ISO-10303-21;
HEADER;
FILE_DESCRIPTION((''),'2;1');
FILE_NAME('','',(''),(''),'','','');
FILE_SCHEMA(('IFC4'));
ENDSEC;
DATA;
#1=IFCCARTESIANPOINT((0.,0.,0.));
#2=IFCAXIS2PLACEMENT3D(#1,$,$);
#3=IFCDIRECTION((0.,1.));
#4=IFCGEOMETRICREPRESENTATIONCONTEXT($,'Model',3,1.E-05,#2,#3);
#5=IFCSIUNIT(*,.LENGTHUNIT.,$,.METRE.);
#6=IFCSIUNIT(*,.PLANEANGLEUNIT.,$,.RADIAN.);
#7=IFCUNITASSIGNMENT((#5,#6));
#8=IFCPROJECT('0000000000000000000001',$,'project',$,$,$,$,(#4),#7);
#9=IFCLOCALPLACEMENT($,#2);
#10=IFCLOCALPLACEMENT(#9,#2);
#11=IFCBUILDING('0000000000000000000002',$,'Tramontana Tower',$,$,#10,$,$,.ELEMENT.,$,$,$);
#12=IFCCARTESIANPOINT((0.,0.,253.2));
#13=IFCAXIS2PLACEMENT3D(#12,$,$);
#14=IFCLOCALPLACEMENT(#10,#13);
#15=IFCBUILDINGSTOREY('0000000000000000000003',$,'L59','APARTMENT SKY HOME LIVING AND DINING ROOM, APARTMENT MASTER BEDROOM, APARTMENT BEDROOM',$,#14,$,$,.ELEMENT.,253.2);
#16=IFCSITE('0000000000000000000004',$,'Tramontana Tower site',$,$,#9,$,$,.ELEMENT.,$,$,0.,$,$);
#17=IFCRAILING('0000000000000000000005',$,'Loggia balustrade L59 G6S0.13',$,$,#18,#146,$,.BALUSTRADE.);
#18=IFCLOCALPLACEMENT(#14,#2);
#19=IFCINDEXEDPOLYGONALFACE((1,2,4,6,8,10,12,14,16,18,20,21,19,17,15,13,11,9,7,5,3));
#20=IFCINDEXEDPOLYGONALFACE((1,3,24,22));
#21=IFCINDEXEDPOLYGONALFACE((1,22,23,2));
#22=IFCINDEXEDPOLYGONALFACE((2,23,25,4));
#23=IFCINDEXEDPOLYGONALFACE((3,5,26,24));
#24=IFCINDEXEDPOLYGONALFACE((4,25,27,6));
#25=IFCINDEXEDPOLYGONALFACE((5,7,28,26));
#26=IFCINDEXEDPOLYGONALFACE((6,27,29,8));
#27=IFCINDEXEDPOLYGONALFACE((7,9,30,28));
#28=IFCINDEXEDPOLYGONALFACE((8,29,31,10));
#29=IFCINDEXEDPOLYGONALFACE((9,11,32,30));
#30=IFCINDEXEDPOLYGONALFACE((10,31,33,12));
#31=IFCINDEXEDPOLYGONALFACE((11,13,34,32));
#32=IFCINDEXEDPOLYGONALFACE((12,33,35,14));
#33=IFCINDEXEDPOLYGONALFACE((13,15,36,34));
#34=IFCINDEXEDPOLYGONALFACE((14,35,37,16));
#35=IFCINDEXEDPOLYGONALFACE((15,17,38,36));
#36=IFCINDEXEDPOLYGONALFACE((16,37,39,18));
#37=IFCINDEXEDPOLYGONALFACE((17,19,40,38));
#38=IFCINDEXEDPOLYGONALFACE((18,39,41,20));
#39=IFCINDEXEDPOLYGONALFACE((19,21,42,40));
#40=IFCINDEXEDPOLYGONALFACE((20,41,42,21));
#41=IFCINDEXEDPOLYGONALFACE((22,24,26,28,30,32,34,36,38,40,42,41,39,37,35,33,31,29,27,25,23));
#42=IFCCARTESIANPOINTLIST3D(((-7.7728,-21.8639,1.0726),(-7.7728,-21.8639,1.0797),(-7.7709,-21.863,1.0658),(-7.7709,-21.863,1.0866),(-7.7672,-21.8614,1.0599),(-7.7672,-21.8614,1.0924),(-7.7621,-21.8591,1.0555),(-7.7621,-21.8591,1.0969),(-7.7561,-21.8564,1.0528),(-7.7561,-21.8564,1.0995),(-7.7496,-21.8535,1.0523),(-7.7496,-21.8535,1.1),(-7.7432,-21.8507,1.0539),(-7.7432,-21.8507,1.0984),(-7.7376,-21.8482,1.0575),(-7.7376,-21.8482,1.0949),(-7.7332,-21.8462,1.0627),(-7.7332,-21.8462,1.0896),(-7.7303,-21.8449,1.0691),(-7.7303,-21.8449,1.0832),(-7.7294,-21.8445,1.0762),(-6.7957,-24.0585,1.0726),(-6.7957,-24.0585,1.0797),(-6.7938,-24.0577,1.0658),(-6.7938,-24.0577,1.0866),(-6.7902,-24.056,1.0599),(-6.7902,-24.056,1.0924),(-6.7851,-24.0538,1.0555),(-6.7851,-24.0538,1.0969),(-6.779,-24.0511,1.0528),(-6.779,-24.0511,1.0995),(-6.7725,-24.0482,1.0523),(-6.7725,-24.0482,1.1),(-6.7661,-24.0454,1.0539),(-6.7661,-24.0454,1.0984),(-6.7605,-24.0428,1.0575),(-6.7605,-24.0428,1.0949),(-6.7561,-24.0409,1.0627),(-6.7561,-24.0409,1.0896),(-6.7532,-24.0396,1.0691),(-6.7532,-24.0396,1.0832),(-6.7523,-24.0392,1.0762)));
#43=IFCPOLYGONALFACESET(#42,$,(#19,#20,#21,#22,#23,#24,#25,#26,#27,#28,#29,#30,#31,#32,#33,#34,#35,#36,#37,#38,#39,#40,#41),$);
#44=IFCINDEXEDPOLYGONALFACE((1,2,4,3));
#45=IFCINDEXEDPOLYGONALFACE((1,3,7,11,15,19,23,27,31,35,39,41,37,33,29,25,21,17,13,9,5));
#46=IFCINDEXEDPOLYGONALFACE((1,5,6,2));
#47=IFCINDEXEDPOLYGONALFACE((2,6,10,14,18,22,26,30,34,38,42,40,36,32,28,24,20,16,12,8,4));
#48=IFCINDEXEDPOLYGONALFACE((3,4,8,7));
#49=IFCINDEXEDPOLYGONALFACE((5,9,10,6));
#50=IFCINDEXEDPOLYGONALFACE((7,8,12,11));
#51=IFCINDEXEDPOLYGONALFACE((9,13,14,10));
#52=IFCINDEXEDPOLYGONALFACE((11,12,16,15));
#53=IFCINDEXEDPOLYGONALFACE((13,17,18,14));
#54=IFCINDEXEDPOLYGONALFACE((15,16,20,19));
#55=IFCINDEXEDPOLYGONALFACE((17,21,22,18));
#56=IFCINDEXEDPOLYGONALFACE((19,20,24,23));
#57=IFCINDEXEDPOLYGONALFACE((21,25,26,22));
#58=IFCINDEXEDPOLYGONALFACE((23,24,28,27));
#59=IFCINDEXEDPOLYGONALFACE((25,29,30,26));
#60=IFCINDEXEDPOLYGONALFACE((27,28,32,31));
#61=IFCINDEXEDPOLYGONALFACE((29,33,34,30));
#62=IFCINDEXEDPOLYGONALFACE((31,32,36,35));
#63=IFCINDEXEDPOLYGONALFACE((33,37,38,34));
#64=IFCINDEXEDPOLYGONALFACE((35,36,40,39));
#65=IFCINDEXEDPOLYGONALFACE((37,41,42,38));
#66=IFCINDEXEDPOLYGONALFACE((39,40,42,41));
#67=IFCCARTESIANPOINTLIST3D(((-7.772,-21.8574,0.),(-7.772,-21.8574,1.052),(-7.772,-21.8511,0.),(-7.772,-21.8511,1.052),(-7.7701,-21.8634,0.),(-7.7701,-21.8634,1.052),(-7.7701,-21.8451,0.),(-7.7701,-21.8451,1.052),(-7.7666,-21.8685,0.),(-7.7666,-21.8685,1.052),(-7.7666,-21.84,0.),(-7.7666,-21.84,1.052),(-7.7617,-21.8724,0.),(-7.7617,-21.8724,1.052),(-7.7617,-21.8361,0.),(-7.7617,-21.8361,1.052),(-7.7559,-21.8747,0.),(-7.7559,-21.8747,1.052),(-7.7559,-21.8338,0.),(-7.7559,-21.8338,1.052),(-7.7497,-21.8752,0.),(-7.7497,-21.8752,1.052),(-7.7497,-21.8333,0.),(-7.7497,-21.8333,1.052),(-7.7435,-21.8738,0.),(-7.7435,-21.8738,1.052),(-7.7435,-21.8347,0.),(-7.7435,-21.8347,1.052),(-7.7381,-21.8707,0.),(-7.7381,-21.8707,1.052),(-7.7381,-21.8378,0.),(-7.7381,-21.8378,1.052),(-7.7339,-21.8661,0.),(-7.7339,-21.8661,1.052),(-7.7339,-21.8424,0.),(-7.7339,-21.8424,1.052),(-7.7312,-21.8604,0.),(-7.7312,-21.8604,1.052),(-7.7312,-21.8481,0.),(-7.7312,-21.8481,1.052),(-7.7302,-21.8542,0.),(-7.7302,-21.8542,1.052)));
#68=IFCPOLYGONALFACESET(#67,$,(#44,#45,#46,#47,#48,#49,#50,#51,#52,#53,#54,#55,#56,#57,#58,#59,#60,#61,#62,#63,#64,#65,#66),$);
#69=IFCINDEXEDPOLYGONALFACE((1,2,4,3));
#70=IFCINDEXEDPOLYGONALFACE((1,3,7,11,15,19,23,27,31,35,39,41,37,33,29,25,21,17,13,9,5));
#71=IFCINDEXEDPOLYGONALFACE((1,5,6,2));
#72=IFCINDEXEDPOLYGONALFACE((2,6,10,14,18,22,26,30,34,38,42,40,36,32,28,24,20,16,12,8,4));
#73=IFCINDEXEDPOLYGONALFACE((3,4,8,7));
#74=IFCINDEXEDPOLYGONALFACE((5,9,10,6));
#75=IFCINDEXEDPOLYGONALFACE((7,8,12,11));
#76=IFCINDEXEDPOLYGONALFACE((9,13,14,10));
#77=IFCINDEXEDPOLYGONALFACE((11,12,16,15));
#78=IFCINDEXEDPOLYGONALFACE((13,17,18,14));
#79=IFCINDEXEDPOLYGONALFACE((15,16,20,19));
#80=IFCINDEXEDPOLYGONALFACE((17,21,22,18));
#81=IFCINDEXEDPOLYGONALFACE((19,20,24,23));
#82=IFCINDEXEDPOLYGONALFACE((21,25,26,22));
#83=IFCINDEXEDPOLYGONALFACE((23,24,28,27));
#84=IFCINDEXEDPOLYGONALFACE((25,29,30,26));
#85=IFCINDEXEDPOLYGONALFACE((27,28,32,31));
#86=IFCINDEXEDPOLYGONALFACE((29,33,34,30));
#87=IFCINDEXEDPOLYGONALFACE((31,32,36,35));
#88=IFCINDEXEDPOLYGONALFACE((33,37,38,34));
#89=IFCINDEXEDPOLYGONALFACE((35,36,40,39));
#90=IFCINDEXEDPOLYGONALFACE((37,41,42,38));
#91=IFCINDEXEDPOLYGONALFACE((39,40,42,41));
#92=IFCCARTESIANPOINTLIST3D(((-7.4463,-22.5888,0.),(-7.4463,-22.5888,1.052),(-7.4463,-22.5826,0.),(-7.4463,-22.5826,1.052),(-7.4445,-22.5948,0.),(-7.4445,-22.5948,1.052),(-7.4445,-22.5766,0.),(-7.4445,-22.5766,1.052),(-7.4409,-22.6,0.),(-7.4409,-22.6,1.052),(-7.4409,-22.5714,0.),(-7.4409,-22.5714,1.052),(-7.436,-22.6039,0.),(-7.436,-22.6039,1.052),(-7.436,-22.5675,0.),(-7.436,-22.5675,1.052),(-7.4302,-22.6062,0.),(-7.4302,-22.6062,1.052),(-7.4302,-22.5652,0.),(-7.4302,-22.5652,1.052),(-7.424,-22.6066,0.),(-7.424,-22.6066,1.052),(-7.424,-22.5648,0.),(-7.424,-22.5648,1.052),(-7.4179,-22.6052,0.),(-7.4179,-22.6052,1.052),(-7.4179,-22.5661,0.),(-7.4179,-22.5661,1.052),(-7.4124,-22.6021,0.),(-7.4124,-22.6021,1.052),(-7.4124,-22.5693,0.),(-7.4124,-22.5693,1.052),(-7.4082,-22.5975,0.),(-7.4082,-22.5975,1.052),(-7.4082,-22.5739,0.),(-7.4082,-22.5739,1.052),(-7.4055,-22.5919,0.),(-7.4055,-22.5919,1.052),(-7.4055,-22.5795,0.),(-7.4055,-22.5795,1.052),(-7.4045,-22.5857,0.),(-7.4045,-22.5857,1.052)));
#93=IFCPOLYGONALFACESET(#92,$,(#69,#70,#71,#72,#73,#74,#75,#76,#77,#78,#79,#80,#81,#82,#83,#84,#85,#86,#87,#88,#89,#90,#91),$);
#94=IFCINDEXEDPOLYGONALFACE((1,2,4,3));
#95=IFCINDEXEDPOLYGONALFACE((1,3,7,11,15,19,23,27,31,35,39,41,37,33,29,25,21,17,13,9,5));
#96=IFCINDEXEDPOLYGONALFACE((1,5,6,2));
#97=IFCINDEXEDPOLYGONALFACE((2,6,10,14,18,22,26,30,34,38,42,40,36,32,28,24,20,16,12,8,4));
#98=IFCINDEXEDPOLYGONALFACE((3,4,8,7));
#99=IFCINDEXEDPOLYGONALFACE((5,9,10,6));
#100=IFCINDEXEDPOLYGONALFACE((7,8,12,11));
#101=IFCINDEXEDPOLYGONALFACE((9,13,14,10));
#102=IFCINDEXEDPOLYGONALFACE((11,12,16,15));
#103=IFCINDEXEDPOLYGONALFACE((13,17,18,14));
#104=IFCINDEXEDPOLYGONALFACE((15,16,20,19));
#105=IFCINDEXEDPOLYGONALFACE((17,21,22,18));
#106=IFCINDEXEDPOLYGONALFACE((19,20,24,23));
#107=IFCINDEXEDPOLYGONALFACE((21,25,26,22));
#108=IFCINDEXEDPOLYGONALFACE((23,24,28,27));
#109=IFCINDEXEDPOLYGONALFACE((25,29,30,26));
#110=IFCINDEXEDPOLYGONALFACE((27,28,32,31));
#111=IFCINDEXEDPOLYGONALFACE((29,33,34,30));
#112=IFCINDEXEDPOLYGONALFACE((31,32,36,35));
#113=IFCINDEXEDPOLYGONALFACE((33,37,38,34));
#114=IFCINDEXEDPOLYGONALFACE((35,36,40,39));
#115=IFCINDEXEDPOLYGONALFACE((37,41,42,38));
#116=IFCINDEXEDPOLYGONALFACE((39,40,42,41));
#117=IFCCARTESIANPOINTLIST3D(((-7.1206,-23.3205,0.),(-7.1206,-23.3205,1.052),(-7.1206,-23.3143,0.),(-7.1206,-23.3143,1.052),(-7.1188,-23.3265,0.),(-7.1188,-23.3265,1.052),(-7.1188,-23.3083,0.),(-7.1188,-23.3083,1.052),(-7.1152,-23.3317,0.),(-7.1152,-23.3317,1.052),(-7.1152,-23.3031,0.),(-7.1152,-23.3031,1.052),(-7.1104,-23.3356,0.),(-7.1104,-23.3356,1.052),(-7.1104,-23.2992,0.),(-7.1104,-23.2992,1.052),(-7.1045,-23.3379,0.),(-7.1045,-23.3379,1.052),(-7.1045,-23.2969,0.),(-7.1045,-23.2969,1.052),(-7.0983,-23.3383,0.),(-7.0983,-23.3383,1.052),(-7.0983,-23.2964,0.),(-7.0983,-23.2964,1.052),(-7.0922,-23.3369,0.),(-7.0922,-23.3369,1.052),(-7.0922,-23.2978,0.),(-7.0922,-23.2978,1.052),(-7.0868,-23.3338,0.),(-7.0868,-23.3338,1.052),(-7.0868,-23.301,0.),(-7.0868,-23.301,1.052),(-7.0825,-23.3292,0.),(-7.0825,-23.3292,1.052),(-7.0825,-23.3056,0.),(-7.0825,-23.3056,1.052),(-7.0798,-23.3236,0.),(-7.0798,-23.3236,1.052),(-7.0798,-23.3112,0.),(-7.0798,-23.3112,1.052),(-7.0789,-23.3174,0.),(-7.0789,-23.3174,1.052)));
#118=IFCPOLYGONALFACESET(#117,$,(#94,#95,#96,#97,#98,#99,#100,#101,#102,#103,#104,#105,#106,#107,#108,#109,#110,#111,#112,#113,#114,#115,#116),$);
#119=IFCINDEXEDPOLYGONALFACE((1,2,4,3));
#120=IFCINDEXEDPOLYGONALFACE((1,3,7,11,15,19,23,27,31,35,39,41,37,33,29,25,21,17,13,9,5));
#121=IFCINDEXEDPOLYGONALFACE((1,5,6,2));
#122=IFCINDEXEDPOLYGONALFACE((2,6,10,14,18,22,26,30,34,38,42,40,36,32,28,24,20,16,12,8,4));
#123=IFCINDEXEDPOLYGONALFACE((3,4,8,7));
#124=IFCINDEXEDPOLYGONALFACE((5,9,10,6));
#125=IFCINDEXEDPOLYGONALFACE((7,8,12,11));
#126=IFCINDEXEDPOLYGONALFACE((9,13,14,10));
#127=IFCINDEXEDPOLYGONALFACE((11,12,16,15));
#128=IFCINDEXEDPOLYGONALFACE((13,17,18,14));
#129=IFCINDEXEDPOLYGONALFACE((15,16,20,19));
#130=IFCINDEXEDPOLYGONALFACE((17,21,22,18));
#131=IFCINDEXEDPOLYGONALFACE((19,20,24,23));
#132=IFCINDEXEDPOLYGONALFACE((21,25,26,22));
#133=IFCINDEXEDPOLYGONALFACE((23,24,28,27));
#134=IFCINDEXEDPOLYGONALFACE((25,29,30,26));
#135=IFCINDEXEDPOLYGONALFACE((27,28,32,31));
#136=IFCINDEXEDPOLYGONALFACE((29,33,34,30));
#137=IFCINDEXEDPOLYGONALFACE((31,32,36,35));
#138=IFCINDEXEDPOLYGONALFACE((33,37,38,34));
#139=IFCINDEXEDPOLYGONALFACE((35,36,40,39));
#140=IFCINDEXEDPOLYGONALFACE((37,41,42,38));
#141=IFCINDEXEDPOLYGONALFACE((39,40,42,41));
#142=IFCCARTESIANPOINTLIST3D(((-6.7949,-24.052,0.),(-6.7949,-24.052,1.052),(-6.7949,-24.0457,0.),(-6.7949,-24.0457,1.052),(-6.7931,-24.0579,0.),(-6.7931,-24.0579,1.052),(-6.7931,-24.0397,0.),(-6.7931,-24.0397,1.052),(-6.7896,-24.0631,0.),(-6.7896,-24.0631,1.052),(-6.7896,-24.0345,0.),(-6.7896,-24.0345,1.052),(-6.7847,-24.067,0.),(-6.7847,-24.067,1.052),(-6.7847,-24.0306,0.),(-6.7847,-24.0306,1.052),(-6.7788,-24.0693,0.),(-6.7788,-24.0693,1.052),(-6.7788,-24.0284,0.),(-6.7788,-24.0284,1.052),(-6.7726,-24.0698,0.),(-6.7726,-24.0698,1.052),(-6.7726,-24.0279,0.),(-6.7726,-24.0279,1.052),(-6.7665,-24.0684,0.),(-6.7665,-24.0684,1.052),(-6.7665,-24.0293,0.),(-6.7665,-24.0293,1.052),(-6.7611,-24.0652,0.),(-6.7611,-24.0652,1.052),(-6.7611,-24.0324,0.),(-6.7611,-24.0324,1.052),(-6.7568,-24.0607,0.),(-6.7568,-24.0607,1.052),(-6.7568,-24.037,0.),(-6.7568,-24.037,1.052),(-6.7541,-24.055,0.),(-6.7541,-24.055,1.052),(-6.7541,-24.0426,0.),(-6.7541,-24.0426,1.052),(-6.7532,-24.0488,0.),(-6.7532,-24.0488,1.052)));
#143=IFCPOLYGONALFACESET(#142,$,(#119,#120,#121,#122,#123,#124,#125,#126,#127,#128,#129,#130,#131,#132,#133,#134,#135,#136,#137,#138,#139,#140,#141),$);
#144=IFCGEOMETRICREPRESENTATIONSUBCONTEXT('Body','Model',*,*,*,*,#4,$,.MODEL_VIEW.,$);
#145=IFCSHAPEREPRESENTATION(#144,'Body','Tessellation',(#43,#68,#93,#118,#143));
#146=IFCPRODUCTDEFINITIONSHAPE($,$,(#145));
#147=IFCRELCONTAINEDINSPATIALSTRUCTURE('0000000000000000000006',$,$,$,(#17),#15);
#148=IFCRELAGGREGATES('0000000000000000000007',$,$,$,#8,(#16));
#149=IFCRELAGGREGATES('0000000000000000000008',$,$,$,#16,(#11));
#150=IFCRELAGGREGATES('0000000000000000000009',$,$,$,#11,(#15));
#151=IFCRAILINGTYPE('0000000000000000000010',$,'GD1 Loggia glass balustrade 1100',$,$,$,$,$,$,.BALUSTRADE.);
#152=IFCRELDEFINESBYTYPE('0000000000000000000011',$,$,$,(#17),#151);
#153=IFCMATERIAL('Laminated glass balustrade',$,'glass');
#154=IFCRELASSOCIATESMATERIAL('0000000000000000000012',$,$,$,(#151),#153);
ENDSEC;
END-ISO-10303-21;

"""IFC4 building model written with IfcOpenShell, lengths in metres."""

from ifc_helpers import new_model, si_unit, direction, frame, origin, origin_2d, place, context, subcontext, project, spatial, circle, extrude, material, type_object, element, save


model = new_model("IFC4")

# Units and contexts
model_context = context("Model", 3, precision=1e-05, world=origin(), true_north=direction((0.0, 1.0)))
body_context = subcontext(model_context, "Body", "Model", "MODEL_VIEW")
ifc_project = project(units=[si_unit("LENGTHUNIT", "METRE"), si_unit("PLANEANGLEUNIT", "RADIAN")], contexts=[model_context])

# Site, building, storey
site_placement = place(None, origin())
site = spatial("IfcSite", under=ifc_project, at=site_placement, Name="Tramontana Tower site", CompositionType="ELEMENT", RefElevation=0.0)
building_placement = place(site_placement, origin())
building = spatial("IfcBuilding", under=site, at=building_placement, Name="Tramontana Tower", CompositionType="ELEMENT")
storey_placement = place(building_placement, frame((0.0, 0.0, 253.2)))
storey = spatial("IfcBuildingStorey", under=building, at=storey_placement, Name="L59", Description="APARTMENT SKY HOME LIVING AND DINING ROOM, APARTMENT MASTER BEDROOM, APARTMENT BEDROOM", CompositionType="ELEMENT", Elevation=253.2)

# Railing
ifc_material_1 = material(Name="Laminated glass balustrade", Category="glass")
railing_type = type_object("IfcRailingType", Name="GD1 Loggia glass balustrade 1100", PredefinedType="BALUSTRADE", material=ifc_material_1)
railing_1_placement = place(storey_placement, frame((-7.7512, -21.8542, 0.0)))
element("IfcRailing", 1, at=railing_1_placement, inside=storey, type_object=railing_type, Name="Loggia balustrade L59 G6S0.13", PredefinedType="BALUSTRADE", context=body_context, shape_type="SweptSolid", body=[
    extrude(circle(Radius=0.0239, at=origin_2d()), frame((0.0, 0.0, 1.0762), z_axis=(0.406723, -0.913552, 0.0), x_axis=(0.913552, 0.406723, 0.0)), (0.0, 0.0, 1.0), 2.4023),
    extrude(circle(Radius=0.021, at=origin_2d()), origin(), (0.0, 0.0, 1.0), 1.052),
    extrude(circle(Radius=0.021, at=origin_2d()), frame((0.3257, -0.7314, 0.0)), (0.0, 0.0, 1.0), 1.052),
    extrude(circle(Radius=0.021, at=origin_2d()), frame((0.6514, -1.4631, 0.0)), (0.0, 0.0, 1.0), 1.052),
    extrude(circle(Radius=0.021, at=origin_2d()), frame((0.9771, -2.1946, 0.0)), (0.0, 0.0, 1.0), 1.052),
])

save(model, "model.ifc")
